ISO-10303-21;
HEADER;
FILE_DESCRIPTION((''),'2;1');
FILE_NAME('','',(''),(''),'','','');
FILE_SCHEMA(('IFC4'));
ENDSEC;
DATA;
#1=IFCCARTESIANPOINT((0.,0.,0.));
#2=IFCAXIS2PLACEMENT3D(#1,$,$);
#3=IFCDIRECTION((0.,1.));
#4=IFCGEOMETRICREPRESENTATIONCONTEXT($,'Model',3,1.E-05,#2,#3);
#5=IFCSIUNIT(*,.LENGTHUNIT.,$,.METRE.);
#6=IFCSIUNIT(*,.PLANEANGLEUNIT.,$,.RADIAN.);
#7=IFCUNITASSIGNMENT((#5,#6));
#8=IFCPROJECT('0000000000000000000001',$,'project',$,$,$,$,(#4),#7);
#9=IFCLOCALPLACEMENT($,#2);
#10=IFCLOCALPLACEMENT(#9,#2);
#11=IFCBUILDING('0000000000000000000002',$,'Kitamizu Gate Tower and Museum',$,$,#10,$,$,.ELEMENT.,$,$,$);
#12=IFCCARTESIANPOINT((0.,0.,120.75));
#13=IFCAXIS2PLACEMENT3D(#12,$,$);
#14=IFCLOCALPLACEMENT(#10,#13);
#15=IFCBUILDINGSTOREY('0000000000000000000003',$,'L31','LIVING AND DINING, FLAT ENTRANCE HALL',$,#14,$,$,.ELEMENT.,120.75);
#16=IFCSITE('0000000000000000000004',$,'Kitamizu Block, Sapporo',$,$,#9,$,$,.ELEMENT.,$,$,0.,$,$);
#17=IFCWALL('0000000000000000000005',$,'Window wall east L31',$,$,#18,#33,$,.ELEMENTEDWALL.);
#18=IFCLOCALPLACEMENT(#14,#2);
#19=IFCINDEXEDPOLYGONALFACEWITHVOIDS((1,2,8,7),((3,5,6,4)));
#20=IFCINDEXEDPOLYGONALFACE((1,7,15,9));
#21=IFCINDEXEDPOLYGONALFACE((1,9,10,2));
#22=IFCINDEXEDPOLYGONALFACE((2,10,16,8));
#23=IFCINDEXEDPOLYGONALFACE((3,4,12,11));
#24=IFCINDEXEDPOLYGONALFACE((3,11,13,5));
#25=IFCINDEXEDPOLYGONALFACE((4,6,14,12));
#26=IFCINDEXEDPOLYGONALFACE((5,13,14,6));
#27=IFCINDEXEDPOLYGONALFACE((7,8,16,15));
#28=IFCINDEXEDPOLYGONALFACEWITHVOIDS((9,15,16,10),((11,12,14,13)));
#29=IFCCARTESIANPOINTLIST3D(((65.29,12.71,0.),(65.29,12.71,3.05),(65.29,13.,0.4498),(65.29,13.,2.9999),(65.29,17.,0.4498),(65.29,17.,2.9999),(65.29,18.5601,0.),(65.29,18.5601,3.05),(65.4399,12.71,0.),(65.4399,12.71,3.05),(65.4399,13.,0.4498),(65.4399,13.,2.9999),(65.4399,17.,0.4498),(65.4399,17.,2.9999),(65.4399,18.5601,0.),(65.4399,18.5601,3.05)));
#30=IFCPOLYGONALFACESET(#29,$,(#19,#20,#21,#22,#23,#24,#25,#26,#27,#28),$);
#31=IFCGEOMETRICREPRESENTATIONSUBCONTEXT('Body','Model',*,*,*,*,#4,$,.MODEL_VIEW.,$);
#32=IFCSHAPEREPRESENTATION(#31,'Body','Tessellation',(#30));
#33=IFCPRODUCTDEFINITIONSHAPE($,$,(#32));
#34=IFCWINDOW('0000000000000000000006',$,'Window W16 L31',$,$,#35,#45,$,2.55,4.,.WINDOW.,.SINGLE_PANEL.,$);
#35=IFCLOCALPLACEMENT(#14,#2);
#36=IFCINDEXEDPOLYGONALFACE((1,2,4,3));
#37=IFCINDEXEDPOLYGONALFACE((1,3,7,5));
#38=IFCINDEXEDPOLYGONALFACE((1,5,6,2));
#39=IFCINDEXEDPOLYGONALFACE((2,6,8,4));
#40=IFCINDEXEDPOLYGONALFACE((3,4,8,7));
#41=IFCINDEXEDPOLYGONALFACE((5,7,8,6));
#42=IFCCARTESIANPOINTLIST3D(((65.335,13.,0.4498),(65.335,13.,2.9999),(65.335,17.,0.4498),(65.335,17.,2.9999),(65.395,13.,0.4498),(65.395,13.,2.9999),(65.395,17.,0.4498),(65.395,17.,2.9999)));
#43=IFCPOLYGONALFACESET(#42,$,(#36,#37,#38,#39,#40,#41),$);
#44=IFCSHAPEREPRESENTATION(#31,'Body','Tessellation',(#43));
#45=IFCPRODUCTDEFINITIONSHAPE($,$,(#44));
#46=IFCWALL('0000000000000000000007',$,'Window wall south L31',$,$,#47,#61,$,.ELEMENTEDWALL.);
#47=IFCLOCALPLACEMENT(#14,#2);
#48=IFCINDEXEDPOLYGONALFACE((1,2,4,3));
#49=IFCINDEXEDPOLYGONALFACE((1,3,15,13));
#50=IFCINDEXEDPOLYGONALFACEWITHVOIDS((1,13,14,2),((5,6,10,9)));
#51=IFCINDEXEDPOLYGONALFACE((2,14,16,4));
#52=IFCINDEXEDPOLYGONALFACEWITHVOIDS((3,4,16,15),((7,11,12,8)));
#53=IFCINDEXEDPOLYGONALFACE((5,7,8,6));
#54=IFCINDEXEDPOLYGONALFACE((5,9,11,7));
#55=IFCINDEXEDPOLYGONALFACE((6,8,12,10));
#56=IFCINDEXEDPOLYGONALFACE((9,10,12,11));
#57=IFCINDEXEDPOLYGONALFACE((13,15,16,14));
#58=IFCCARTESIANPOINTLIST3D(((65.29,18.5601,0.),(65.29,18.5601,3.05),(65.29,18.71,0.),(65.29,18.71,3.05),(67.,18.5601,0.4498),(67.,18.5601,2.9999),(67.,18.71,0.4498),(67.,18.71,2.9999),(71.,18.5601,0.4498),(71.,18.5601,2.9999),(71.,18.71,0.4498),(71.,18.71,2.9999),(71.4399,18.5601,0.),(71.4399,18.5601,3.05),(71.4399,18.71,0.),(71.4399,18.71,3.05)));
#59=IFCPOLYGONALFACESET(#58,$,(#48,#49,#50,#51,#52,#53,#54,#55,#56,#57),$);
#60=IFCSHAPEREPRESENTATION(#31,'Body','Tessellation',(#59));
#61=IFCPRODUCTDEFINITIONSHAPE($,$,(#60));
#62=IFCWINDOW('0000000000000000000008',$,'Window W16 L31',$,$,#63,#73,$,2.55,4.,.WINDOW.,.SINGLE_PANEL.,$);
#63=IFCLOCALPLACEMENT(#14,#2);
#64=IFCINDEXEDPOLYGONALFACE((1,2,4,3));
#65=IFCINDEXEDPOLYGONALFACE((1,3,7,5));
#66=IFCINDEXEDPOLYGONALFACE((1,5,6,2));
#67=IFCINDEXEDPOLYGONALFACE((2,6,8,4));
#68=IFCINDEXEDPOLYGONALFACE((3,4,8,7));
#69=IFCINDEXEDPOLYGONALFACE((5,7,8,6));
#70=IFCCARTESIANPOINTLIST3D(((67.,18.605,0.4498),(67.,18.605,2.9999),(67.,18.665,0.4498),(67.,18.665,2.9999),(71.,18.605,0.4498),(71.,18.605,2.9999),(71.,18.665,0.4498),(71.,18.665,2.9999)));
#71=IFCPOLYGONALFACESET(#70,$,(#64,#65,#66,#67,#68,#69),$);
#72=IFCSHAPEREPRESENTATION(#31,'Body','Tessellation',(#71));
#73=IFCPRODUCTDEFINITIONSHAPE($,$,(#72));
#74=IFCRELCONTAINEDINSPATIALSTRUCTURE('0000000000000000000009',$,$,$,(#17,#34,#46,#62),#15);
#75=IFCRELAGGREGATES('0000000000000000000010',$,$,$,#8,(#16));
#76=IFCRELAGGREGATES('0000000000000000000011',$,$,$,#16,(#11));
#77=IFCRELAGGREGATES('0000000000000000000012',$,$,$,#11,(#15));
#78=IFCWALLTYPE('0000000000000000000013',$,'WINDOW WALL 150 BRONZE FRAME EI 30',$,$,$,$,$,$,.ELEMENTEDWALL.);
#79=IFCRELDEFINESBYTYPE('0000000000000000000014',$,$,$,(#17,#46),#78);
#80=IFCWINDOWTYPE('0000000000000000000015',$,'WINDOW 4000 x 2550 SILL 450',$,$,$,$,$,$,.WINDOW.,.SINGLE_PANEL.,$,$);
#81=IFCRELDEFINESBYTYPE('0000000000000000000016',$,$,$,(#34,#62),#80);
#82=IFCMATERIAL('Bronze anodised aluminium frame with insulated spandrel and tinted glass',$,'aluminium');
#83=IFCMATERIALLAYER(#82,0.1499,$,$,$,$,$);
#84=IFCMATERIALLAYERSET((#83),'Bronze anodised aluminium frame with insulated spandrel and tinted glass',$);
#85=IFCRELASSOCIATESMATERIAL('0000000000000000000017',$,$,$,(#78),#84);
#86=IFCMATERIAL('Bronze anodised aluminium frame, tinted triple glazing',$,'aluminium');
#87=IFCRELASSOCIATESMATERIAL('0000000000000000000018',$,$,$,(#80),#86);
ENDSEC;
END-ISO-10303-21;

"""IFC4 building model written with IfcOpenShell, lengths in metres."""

from ifc_helpers import new_model, si_unit, direction, frame, frame_2d, origin, place, context, subcontext, project, spatial, rectangle, extrude, material, layer, layer_set, type_object, element, fill, save


model = new_model("IFC4")

# Units and contexts
model_context = context("Model", 3, precision=1e-05, world=origin(), true_north=direction((0.0, 1.0)))
body_context = subcontext(model_context, "Body", "Model", "MODEL_VIEW")
ifc_project = project(units=[si_unit("LENGTHUNIT", "METRE"), si_unit("PLANEANGLEUNIT", "RADIAN")], contexts=[model_context])

# Site, building, storey
site_placement = place(None, origin())
site = spatial("IfcSite", under=ifc_project, at=site_placement, Name="Kitamizu Block, Sapporo", CompositionType="ELEMENT", RefElevation=0.0)
building_placement = place(site_placement, origin())
building = spatial("IfcBuilding", under=site, at=building_placement, Name="Kitamizu Gate Tower and Museum", CompositionType="ELEMENT")
storey_placement = place(building_placement, frame((0.0, 0.0, 120.75)))
storey = spatial("IfcBuildingStorey", under=building, at=storey_placement, Name="L31", Description="LIVING AND DINING, FLAT ENTRANCE HALL", CompositionType="ELEMENT", Elevation=120.75)

# Walls, openings, windows
ifc_material_1 = material(Name="Bronze anodised aluminium frame with insulated spandrel and tinted glass", Category="aluminium")
ifc_layer_1 = layer(ifc_material_1, 0.1499)
ifc_layer_set_1 = layer_set([ifc_layer_1], Name="Bronze anodised aluminium frame with insulated spandrel and tinted glass")
wall_type_1 = type_object("IfcWallType", Name="WINDOW WALL 150 BRONZE FRAME EI 30", PredefinedType="ELEMENTEDWALL", material=ifc_layer_set_1)
wall_1_placement = place(storey_placement, frame((65.365, 12.71, 0.0), z_axis=(0.0, 0.0, 1.0), x_axis=(0.0, 1.0, 0.0)))
wall_1 = element("IfcWall", 1, at=wall_1_placement, inside=storey, type_object=wall_type_1, Name="Window wall east L31", PredefinedType="ELEMENTEDWALL", context=body_context, shape_type="SweptSolid", body=[
    extrude(rectangle(XDim=5.8501, YDim=0.1499, at=frame_2d((2.925, 0.0))), origin(), (0.0, 0.0, 1.0), 3.05),
])
opening_1_placement = place(wall_1_placement, frame((0.29, 0.0, 0.45)))
opening_1 = element("IfcOpeningElement", 2, at=opening_1_placement, cuts=wall_1, PredefinedType="OPENING", context=body_context, shape_type="SweptSolid", body=[
    extrude(rectangle(XDim=4.0, YDim=2.55, at=frame_2d((2.0, 1.2749))), frame((0.0, 0.085, 0.0), z_axis=(0.0, -1.0, 0.0), x_axis=(1.0, 0.0, 0.0)), (0.0, 0.0, 1.0), 0.1699),
])
ifc_material_2 = material(Name="Bronze anodised aluminium frame, tinted triple glazing", Category="aluminium")
window_type_1 = type_object("IfcWindowType", Name="WINDOW 4000 x 2550 SILL 450", PartitioningType="SINGLE_PANEL", PredefinedType="WINDOW", material=ifc_material_2)
window_1_placement = place(opening_1_placement, origin())
window_1 = element("IfcWindow", 3, at=window_1_placement, inside=storey, type_object=window_type_1, Name="Window W16 L31", OverallHeight=2.55, OverallWidth=4.0, PartitioningType="SINGLE_PANEL", PredefinedType="WINDOW", context=body_context, shape_type="SweptSolid", body=[
    extrude(rectangle(XDim=4.0, YDim=2.55, at=frame_2d((2.0, 1.2749))), frame((0.0, 0.03, 0.0), z_axis=(0.0, -1.0, 0.0), x_axis=(1.0, 0.0, 0.0)), (0.0, 0.0, 1.0), 0.0601),
])
fill(opening_1, window_1)
wall_2_placement = place(storey_placement, frame((65.29, 18.635, 0.0), z_axis=(0.0, 0.0, 1.0), x_axis=(1.0, 0.0, 0.0)))
wall_2 = element("IfcWall", 4, at=wall_2_placement, inside=storey, type_object=wall_type_1, Name="Window wall south L31", PredefinedType="ELEMENTEDWALL", context=body_context, shape_type="SweptSolid", body=[
    extrude(rectangle(XDim=6.1499, YDim=0.1499, at=frame_2d((3.075, 0.0))), origin(), (0.0, 0.0, 1.0), 3.05),
])
opening_2_placement = place(wall_2_placement, frame((1.71, 0.0, 0.45)))
opening_2 = element("IfcOpeningElement", 5, at=opening_2_placement, cuts=wall_2, PredefinedType="OPENING", context=body_context, shape_type="SweptSolid", body=[
    extrude(rectangle(XDim=4.0, YDim=2.55, at=frame_2d((2.0, 1.2749))), frame((0.0, 0.085, 0.0), z_axis=(0.0, -1.0, 0.0), x_axis=(1.0, 0.0, 0.0)), (0.0, 0.0, 1.0), 0.1699),
])
window_2_placement = place(opening_2_placement, origin())
window_2 = element("IfcWindow", 6, at=window_2_placement, inside=storey, type_object=window_type_1, Name="Window W16 L31", OverallHeight=2.55, OverallWidth=4.0, PartitioningType="SINGLE_PANEL", PredefinedType="WINDOW", context=body_context, shape_type="SweptSolid", body=[
    extrude(rectangle(XDim=4.0, YDim=2.55, at=frame_2d((2.0, 1.2749))), frame((0.0, 0.03, 0.0), z_axis=(0.0, -1.0, 0.0), x_axis=(1.0, 0.0, 0.0)), (0.0, 0.0, 1.0), 0.0601),
])
fill(opening_2, window_2)

save(model, "model.ifc")
